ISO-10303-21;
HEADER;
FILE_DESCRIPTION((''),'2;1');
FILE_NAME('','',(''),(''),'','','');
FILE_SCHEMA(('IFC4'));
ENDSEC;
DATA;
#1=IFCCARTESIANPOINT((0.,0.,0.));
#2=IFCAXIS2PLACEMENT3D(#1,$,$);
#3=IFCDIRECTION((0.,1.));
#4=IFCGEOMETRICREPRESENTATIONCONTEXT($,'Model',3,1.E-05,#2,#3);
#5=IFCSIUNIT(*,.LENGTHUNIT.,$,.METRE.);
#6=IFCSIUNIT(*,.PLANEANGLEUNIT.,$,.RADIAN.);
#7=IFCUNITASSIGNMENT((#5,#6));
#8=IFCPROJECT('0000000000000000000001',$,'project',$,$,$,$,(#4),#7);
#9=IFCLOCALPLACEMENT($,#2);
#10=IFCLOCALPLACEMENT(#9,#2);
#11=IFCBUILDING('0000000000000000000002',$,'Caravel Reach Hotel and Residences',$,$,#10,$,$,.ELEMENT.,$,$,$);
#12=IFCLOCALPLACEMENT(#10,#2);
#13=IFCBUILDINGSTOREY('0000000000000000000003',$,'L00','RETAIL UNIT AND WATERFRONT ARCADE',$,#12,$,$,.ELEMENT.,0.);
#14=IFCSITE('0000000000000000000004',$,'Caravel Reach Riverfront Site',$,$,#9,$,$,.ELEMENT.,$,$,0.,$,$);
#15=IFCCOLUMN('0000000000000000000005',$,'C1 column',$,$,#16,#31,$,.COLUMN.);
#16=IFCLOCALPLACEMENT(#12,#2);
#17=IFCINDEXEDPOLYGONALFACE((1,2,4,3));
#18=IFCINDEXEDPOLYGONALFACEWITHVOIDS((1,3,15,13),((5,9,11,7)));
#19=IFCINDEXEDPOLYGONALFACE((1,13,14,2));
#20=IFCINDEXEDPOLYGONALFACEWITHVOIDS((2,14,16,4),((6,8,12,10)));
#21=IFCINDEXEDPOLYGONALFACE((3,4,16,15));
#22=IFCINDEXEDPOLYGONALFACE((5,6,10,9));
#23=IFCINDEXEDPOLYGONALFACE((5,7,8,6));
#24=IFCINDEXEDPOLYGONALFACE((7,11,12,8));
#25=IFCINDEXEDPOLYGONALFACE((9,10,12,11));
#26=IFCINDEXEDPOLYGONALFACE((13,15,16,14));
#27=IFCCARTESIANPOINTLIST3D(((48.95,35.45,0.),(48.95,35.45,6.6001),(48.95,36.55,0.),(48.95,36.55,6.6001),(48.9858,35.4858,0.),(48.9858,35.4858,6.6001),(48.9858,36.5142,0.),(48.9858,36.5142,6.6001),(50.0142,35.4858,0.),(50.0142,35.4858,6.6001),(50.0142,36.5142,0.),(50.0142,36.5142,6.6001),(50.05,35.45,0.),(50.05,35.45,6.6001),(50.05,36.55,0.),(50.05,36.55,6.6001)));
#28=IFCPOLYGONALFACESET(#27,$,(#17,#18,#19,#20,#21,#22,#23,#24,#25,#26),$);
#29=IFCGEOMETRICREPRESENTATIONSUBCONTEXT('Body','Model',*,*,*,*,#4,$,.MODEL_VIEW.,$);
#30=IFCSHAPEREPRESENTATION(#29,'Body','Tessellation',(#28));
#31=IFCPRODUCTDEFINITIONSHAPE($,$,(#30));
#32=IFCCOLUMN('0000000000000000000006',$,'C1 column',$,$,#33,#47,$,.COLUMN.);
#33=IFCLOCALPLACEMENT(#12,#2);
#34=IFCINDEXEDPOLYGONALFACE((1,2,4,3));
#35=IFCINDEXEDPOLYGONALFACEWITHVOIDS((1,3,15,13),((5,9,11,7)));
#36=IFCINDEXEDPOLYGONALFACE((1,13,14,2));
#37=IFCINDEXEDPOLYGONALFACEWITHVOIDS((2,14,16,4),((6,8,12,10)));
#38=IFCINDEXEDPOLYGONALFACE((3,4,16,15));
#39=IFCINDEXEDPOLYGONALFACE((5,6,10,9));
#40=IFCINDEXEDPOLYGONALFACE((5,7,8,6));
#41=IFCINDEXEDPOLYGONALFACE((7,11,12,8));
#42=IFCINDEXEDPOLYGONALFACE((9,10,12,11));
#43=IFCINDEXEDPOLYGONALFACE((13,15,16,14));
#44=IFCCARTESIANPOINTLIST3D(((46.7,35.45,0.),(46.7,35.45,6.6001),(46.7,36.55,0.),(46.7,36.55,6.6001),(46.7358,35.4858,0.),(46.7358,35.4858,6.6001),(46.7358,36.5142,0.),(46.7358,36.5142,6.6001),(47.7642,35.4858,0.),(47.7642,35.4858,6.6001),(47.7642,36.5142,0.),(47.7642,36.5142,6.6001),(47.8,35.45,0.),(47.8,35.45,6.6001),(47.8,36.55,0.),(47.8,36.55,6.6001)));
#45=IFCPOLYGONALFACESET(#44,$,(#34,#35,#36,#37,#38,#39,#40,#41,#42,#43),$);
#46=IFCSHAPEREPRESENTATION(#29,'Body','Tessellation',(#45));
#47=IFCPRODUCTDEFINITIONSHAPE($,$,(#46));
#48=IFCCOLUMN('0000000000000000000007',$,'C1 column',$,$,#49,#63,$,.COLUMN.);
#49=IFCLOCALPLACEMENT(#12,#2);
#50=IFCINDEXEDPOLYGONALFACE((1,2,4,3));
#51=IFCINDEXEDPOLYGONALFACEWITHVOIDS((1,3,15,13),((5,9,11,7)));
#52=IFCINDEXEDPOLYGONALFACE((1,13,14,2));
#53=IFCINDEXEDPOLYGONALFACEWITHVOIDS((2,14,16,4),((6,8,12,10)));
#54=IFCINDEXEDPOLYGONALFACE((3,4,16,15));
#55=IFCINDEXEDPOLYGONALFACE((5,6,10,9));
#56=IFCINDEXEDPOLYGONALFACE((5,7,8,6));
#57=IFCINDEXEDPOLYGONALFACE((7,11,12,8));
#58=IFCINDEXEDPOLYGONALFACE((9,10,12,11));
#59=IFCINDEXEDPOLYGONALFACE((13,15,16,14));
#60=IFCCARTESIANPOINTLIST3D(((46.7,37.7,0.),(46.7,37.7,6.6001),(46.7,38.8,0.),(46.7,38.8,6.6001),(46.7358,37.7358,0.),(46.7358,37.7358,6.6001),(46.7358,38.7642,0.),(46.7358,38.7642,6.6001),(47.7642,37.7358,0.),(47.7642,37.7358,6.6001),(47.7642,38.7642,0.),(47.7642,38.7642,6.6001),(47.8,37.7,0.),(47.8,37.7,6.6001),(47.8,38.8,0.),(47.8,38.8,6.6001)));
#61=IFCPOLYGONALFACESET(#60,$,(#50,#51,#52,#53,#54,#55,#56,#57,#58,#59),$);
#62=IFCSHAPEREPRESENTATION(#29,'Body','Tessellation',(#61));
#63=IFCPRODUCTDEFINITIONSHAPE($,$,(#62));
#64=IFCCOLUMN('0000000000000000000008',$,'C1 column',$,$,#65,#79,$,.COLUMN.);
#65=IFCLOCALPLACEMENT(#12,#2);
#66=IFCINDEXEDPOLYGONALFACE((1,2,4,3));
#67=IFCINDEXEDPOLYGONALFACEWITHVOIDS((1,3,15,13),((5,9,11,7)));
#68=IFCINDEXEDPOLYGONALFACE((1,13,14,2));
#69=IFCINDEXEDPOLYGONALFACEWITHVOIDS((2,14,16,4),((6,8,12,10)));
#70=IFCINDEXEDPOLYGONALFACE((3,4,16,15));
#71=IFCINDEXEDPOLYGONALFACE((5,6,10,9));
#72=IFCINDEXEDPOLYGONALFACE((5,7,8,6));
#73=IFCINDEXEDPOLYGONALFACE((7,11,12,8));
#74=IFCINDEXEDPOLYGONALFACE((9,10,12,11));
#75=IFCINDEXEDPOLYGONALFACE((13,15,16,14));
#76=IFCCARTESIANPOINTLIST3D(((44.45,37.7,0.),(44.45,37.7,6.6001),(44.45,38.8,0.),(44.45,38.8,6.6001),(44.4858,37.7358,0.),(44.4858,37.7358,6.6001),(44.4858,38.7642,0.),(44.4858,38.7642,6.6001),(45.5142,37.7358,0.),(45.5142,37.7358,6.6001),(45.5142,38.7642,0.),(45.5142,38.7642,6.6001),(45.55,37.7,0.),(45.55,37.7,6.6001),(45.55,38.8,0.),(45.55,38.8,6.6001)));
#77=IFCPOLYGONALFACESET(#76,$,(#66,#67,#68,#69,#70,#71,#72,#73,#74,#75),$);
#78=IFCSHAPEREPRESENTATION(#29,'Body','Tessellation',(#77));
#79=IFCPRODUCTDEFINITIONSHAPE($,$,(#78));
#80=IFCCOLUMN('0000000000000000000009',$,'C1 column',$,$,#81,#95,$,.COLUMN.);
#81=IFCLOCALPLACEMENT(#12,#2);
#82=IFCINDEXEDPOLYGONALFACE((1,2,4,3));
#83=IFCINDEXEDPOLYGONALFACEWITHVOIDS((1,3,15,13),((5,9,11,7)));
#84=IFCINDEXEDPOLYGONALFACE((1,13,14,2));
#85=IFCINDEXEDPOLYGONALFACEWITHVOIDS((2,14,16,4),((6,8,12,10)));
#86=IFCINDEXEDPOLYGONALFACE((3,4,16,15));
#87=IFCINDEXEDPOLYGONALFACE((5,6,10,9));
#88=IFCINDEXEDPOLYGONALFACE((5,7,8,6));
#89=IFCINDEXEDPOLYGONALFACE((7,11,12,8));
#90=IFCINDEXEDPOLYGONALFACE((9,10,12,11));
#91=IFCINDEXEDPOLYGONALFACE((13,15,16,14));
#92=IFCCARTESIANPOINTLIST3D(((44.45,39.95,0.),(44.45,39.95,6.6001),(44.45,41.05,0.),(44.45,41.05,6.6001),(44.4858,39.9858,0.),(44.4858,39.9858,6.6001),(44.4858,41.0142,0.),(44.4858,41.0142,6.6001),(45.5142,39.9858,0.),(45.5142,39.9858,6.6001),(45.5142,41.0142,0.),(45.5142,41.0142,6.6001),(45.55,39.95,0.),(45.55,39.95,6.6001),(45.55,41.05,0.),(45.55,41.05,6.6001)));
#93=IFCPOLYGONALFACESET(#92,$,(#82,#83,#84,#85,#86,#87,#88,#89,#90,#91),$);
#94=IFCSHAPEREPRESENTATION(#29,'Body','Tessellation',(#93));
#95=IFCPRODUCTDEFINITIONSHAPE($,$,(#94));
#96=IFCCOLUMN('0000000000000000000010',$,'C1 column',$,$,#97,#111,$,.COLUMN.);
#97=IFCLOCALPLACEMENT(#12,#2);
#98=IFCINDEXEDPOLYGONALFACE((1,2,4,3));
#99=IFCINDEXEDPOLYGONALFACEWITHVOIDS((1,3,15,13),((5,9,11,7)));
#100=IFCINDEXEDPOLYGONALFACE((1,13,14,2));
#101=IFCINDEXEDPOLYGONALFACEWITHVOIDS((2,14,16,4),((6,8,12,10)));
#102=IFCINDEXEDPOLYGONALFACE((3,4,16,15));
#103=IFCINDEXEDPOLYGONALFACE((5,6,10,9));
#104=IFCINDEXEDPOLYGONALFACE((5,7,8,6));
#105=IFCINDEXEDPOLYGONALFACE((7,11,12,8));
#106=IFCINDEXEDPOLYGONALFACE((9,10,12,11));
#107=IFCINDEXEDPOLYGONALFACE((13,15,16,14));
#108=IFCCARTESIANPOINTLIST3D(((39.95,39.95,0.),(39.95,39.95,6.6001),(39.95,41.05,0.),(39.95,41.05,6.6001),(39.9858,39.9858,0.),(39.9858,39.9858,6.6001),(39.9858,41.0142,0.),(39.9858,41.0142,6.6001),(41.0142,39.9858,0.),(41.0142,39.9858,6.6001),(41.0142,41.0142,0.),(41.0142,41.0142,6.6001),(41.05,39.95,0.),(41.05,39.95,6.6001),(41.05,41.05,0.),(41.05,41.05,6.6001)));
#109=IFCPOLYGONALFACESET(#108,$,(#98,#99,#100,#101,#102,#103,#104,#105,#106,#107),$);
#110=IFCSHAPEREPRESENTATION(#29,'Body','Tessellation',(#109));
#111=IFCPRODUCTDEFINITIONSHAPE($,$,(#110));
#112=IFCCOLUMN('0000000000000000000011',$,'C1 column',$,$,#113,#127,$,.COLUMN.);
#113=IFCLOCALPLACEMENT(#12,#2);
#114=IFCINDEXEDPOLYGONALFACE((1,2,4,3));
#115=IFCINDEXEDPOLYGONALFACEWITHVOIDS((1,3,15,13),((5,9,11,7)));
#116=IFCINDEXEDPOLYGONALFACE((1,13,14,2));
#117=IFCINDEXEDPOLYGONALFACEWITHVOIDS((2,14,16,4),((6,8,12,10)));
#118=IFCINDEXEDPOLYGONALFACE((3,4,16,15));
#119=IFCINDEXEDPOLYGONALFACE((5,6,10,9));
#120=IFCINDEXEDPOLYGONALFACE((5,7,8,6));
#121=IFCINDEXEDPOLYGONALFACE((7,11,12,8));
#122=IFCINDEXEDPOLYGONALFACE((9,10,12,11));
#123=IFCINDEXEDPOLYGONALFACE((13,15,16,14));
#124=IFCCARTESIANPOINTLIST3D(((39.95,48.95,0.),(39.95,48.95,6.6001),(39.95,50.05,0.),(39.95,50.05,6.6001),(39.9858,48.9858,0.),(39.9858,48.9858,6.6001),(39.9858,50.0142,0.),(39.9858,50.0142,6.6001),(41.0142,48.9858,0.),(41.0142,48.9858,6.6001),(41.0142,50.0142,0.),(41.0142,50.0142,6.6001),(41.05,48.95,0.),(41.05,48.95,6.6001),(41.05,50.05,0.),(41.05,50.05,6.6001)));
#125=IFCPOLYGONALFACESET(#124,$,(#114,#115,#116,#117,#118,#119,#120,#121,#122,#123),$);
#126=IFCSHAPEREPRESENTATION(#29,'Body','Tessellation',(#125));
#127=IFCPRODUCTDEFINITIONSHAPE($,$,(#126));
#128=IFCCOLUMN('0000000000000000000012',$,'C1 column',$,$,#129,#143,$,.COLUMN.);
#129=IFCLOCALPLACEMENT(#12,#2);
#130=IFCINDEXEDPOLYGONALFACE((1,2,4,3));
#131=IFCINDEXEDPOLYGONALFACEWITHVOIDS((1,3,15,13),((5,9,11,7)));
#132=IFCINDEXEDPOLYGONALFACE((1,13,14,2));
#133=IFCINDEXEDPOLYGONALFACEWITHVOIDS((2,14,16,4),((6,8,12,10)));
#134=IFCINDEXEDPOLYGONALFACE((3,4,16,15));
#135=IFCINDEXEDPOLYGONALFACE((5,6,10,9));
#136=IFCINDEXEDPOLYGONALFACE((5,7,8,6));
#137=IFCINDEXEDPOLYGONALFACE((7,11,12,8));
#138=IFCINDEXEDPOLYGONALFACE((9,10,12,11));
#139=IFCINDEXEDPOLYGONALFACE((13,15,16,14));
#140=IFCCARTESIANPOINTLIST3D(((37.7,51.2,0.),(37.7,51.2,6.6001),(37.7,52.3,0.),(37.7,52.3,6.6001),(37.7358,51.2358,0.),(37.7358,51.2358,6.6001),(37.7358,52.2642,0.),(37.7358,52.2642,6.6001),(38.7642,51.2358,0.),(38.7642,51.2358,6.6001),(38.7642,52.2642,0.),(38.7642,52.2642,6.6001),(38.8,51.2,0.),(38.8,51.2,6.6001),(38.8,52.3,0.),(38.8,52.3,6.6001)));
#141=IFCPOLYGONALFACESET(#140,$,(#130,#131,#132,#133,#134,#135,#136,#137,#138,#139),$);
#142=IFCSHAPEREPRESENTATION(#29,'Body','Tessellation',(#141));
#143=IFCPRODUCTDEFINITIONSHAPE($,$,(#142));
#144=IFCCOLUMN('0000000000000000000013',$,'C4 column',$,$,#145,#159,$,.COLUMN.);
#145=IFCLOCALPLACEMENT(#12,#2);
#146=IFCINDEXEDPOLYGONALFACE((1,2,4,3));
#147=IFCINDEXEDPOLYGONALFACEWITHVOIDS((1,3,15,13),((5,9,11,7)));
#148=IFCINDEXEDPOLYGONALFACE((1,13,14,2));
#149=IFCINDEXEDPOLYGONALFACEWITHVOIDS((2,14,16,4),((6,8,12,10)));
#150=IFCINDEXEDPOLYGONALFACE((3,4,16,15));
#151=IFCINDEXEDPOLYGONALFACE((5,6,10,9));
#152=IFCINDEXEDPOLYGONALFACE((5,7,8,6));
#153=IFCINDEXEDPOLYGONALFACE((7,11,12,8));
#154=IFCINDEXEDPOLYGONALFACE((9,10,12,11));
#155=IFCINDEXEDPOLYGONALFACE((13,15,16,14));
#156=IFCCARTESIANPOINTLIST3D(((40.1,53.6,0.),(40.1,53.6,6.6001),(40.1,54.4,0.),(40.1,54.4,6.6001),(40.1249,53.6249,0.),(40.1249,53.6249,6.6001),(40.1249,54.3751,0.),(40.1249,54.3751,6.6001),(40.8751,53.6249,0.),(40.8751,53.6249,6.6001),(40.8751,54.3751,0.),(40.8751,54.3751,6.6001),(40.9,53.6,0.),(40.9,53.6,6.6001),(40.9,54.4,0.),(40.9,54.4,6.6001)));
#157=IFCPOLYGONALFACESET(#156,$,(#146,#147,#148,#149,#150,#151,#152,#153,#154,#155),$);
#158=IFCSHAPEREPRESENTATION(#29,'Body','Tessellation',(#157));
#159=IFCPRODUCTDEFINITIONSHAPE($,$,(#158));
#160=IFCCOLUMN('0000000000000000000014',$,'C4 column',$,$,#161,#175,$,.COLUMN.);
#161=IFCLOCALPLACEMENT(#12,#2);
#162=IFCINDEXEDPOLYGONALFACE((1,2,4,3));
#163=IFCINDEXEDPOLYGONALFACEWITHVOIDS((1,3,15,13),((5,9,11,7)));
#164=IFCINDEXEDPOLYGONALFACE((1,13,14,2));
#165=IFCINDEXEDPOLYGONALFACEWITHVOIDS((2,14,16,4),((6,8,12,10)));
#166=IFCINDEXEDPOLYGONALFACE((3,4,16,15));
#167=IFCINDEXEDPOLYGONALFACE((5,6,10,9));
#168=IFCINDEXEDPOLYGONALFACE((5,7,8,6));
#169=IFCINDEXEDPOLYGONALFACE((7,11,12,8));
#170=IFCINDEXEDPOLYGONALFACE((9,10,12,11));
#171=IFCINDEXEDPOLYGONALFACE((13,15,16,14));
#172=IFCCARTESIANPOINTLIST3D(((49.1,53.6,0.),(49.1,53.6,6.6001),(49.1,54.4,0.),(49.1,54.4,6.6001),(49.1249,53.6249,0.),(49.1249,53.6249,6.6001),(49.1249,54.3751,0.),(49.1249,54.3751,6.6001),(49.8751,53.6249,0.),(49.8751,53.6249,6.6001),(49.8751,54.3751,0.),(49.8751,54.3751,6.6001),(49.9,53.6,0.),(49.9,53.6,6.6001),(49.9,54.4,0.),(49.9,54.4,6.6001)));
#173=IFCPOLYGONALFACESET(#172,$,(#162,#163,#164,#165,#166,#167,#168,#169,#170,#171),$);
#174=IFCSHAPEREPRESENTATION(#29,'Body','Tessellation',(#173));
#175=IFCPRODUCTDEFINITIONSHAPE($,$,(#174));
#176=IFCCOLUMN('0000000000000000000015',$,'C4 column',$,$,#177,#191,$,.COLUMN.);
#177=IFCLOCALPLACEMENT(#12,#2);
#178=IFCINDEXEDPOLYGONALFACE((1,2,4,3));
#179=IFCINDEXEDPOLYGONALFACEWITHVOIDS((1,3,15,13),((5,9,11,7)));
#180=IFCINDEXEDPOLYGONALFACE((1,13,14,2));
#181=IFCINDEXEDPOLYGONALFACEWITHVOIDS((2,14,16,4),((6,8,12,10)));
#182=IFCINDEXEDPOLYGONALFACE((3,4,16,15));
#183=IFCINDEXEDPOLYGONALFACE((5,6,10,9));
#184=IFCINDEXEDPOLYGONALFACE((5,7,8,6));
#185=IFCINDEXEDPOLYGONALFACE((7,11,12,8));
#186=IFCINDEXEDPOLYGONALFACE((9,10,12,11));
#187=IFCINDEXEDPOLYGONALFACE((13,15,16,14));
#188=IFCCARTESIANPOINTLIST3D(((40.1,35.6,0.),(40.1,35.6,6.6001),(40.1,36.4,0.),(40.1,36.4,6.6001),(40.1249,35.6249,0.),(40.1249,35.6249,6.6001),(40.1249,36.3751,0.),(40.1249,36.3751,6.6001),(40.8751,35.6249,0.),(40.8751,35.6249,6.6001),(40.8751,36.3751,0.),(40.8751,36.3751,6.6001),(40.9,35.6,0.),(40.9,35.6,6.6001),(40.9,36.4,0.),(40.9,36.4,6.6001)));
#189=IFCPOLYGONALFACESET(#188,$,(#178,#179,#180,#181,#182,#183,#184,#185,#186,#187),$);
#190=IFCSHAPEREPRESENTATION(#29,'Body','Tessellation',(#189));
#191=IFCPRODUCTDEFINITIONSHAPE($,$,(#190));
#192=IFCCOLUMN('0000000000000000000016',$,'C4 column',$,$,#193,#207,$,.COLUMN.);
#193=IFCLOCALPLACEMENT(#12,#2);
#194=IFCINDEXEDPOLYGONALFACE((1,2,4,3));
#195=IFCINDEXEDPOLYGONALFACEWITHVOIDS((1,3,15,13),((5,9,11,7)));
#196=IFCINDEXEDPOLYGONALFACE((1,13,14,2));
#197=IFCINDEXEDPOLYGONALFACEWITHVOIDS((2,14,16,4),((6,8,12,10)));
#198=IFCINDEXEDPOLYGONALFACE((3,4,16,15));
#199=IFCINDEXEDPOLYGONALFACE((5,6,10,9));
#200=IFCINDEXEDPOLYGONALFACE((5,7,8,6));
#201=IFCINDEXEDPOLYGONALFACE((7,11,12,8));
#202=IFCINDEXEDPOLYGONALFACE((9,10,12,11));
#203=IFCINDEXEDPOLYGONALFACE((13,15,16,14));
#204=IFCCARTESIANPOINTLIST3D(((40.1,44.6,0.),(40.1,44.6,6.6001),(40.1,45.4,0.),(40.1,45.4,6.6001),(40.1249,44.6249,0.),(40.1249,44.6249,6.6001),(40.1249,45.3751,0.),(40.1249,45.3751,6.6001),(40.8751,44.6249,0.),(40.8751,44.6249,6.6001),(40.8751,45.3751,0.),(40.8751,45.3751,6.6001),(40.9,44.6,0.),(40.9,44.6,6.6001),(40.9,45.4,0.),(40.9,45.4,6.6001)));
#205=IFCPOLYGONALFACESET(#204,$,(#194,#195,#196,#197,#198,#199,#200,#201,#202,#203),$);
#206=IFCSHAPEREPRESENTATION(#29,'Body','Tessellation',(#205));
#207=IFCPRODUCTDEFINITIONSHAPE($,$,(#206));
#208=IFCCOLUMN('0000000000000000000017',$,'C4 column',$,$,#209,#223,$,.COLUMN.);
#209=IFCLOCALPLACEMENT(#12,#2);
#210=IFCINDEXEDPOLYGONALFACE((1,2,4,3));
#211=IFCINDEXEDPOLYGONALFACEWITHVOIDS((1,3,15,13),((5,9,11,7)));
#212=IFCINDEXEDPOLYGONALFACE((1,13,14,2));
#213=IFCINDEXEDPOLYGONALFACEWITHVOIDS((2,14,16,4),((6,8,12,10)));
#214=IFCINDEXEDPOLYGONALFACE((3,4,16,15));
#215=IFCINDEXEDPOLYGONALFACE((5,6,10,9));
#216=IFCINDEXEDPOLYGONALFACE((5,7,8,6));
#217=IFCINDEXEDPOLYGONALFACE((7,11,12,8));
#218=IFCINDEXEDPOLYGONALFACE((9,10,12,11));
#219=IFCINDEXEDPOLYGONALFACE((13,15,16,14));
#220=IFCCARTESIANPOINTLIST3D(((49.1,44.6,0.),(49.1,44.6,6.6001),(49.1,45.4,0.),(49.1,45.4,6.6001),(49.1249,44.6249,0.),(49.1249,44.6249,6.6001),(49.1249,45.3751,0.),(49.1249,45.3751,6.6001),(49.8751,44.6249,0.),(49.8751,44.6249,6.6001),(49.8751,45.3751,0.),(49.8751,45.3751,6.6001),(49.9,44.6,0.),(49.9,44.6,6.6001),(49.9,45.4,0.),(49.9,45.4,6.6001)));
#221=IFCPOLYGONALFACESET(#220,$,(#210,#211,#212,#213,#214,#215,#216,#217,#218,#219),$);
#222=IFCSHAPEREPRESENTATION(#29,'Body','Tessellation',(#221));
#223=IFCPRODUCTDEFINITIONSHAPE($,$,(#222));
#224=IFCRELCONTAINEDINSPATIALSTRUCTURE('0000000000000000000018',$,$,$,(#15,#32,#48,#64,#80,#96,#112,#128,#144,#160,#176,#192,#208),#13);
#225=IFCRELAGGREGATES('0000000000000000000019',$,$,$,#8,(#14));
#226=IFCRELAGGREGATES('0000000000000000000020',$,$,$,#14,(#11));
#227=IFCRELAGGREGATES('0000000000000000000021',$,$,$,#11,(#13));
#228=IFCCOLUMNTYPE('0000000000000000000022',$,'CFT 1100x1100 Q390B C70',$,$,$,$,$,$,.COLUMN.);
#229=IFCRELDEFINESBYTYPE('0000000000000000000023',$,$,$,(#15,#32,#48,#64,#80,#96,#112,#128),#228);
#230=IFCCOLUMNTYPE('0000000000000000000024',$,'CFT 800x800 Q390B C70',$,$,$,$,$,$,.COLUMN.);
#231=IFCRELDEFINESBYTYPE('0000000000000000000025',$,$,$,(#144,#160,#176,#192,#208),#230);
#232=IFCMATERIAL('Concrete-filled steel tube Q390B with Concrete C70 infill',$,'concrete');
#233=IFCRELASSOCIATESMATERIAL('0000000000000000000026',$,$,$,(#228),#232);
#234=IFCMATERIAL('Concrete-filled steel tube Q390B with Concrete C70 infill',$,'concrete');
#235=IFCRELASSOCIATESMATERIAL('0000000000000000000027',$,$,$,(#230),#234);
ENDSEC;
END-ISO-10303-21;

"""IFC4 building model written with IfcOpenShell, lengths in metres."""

from ifc_helpers import new_model, si_unit, direction, frame, origin, origin_2d, place, context, subcontext, project, spatial, hollow_rectangle, extrude, material, material_profile, profile_set, type_object, element, save


model = new_model("IFC4")

# Units and contexts
model_context = context("Model", 3, precision=1e-05, world=origin(), true_north=direction((0.0, 1.0)))
body_context = subcontext(model_context, "Body", "Model", "MODEL_VIEW")
ifc_project = project(units=[si_unit("LENGTHUNIT", "METRE"), si_unit("PLANEANGLEUNIT", "RADIAN")], contexts=[model_context])

# Site, building, storey
site_placement = place(None, origin())
site = spatial("IfcSite", under=ifc_project, at=site_placement, Name="Caravel Reach Riverfront Site", CompositionType="ELEMENT", RefElevation=0.0)
building_placement = place(site_placement, origin())
building = spatial("IfcBuilding", under=site, at=building_placement, Name="Caravel Reach Hotel and Residences", CompositionType="ELEMENT")
storey_placement = place(building_placement, origin())
storey = spatial("IfcBuildingStorey", under=building, at=storey_placement, Name="L00", Description="RETAIL UNIT AND WATERFRONT ARCADE", CompositionType="ELEMENT", Elevation=0.0)

# Columns
ifc_material_1 = material(Name="Concrete-filled steel tube Q390B with Concrete C70 infill", Category="concrete")
ifc_material_profile_1 = material_profile(ifc_material_1, hollow_rectangle(XDim=1.1001, YDim=1.1001, WallThickness=0.0359, at=origin_2d()), Name="RHS 1100x1100x36")
ifc_profile_set_1 = profile_set([ifc_material_profile_1], Name="Concrete-filled steel tube Q390B with Concrete C70 infill")
column_type_1 = type_object("IfcColumnType", Name="CFT 1100x1100 Q390B C70", PredefinedType="COLUMN", material=ifc_profile_set_1)
for number, where, z_axis, x_axis, name in (
    (1, (49.5, 36.0, 0.0), (0.0, 0.0, 1.0), (1.0, 0.0, 0.0), "C1 column"),
    (2, (47.25, 36.0, 0.0), (0.0, 0.0, 1.0), (1.0, 0.0, 0.0), "C1 column"),
    (3, (47.25, 38.25, 0.0), (0.0, 0.0, 1.0), (1.0, 0.0, 0.0), "C1 column"),
    (4, (45.0, 38.25, 0.0), (0.0, 0.0, 1.0), (1.0, 0.0, 0.0), "C1 column"),
    (5, (45.0, 40.5, 0.0), (0.0, 0.0, 1.0), (1.0, 0.0, 0.0), "C1 column"),
    (6, (40.5, 40.5, 0.0), (0.0, 0.0, 1.0), (1.0, 0.0, 0.0), "C1 column"),
    (7, (40.5, 49.5, 0.0), (0.0, 0.0, 1.0), (1.0, 0.0, 0.0), "C1 column"),
    (8, (38.25, 51.75, 0.0), (0.0, 0.0, 1.0), (1.0, 0.0, 0.0), "C1 column"),
):
    element("IfcColumn", number, at=place(storey_placement, frame(where, z_axis=z_axis, x_axis=x_axis)), inside=storey, type_object=column_type_1, Name=name, PredefinedType="COLUMN", context=body_context, shape_type="SweptSolid", body=[
        extrude(hollow_rectangle(XDim=1.1001, YDim=1.1001, WallThickness=0.0359, at=origin_2d()), origin(), (0.0, 0.0, 1.0), 6.6001),
    ])
ifc_material_2 = material(Name="Concrete-filled steel tube Q390B with Concrete C70 infill", Category="concrete")
ifc_material_profile_2 = material_profile(ifc_material_2, hollow_rectangle(XDim=0.8, YDim=0.8, WallThickness=0.0249, at=origin_2d()), Name="RHS 800x800x25")
ifc_profile_set_2 = profile_set([ifc_material_profile_2], Name="Concrete-filled steel tube Q390B with Concrete C70 infill")
column_type_2 = type_object("IfcColumnType", Name="CFT 800x800 Q390B C70", PredefinedType="COLUMN", material=ifc_profile_set_2)
for number, where, z_axis, x_axis, name in (
    (9, (40.5, 54.0, 0.0), (0.0, 0.0, 1.0), (1.0, 0.0, 0.0), "C4 column"),
    (10, (49.5, 54.0, 0.0), (0.0, 0.0, 1.0), (1.0, 0.0, 0.0), "C4 column"),
    (11, (40.5, 36.0, 0.0), (0.0, 0.0, 1.0), (1.0, 0.0, 0.0), "C4 column"),
    (12, (40.5, 45.0, 0.0), (0.0, 0.0, 1.0), (1.0, 0.0, 0.0), "C4 column"),
    (13, (49.5, 45.0, 0.0), (0.0, 0.0, 1.0), (1.0, 0.0, 0.0), "C4 column"),
):
    element("IfcColumn", number, at=place(storey_placement, frame(where, z_axis=z_axis, x_axis=x_axis)), inside=storey, type_object=column_type_2, Name=name, PredefinedType="COLUMN", context=body_context, shape_type="SweptSolid", body=[
        extrude(hollow_rectangle(XDim=0.8, YDim=0.8, WallThickness=0.0249, at=origin_2d()), origin(), (0.0, 0.0, 1.0), 6.6001),
    ])

save(model, "model.ifc")
